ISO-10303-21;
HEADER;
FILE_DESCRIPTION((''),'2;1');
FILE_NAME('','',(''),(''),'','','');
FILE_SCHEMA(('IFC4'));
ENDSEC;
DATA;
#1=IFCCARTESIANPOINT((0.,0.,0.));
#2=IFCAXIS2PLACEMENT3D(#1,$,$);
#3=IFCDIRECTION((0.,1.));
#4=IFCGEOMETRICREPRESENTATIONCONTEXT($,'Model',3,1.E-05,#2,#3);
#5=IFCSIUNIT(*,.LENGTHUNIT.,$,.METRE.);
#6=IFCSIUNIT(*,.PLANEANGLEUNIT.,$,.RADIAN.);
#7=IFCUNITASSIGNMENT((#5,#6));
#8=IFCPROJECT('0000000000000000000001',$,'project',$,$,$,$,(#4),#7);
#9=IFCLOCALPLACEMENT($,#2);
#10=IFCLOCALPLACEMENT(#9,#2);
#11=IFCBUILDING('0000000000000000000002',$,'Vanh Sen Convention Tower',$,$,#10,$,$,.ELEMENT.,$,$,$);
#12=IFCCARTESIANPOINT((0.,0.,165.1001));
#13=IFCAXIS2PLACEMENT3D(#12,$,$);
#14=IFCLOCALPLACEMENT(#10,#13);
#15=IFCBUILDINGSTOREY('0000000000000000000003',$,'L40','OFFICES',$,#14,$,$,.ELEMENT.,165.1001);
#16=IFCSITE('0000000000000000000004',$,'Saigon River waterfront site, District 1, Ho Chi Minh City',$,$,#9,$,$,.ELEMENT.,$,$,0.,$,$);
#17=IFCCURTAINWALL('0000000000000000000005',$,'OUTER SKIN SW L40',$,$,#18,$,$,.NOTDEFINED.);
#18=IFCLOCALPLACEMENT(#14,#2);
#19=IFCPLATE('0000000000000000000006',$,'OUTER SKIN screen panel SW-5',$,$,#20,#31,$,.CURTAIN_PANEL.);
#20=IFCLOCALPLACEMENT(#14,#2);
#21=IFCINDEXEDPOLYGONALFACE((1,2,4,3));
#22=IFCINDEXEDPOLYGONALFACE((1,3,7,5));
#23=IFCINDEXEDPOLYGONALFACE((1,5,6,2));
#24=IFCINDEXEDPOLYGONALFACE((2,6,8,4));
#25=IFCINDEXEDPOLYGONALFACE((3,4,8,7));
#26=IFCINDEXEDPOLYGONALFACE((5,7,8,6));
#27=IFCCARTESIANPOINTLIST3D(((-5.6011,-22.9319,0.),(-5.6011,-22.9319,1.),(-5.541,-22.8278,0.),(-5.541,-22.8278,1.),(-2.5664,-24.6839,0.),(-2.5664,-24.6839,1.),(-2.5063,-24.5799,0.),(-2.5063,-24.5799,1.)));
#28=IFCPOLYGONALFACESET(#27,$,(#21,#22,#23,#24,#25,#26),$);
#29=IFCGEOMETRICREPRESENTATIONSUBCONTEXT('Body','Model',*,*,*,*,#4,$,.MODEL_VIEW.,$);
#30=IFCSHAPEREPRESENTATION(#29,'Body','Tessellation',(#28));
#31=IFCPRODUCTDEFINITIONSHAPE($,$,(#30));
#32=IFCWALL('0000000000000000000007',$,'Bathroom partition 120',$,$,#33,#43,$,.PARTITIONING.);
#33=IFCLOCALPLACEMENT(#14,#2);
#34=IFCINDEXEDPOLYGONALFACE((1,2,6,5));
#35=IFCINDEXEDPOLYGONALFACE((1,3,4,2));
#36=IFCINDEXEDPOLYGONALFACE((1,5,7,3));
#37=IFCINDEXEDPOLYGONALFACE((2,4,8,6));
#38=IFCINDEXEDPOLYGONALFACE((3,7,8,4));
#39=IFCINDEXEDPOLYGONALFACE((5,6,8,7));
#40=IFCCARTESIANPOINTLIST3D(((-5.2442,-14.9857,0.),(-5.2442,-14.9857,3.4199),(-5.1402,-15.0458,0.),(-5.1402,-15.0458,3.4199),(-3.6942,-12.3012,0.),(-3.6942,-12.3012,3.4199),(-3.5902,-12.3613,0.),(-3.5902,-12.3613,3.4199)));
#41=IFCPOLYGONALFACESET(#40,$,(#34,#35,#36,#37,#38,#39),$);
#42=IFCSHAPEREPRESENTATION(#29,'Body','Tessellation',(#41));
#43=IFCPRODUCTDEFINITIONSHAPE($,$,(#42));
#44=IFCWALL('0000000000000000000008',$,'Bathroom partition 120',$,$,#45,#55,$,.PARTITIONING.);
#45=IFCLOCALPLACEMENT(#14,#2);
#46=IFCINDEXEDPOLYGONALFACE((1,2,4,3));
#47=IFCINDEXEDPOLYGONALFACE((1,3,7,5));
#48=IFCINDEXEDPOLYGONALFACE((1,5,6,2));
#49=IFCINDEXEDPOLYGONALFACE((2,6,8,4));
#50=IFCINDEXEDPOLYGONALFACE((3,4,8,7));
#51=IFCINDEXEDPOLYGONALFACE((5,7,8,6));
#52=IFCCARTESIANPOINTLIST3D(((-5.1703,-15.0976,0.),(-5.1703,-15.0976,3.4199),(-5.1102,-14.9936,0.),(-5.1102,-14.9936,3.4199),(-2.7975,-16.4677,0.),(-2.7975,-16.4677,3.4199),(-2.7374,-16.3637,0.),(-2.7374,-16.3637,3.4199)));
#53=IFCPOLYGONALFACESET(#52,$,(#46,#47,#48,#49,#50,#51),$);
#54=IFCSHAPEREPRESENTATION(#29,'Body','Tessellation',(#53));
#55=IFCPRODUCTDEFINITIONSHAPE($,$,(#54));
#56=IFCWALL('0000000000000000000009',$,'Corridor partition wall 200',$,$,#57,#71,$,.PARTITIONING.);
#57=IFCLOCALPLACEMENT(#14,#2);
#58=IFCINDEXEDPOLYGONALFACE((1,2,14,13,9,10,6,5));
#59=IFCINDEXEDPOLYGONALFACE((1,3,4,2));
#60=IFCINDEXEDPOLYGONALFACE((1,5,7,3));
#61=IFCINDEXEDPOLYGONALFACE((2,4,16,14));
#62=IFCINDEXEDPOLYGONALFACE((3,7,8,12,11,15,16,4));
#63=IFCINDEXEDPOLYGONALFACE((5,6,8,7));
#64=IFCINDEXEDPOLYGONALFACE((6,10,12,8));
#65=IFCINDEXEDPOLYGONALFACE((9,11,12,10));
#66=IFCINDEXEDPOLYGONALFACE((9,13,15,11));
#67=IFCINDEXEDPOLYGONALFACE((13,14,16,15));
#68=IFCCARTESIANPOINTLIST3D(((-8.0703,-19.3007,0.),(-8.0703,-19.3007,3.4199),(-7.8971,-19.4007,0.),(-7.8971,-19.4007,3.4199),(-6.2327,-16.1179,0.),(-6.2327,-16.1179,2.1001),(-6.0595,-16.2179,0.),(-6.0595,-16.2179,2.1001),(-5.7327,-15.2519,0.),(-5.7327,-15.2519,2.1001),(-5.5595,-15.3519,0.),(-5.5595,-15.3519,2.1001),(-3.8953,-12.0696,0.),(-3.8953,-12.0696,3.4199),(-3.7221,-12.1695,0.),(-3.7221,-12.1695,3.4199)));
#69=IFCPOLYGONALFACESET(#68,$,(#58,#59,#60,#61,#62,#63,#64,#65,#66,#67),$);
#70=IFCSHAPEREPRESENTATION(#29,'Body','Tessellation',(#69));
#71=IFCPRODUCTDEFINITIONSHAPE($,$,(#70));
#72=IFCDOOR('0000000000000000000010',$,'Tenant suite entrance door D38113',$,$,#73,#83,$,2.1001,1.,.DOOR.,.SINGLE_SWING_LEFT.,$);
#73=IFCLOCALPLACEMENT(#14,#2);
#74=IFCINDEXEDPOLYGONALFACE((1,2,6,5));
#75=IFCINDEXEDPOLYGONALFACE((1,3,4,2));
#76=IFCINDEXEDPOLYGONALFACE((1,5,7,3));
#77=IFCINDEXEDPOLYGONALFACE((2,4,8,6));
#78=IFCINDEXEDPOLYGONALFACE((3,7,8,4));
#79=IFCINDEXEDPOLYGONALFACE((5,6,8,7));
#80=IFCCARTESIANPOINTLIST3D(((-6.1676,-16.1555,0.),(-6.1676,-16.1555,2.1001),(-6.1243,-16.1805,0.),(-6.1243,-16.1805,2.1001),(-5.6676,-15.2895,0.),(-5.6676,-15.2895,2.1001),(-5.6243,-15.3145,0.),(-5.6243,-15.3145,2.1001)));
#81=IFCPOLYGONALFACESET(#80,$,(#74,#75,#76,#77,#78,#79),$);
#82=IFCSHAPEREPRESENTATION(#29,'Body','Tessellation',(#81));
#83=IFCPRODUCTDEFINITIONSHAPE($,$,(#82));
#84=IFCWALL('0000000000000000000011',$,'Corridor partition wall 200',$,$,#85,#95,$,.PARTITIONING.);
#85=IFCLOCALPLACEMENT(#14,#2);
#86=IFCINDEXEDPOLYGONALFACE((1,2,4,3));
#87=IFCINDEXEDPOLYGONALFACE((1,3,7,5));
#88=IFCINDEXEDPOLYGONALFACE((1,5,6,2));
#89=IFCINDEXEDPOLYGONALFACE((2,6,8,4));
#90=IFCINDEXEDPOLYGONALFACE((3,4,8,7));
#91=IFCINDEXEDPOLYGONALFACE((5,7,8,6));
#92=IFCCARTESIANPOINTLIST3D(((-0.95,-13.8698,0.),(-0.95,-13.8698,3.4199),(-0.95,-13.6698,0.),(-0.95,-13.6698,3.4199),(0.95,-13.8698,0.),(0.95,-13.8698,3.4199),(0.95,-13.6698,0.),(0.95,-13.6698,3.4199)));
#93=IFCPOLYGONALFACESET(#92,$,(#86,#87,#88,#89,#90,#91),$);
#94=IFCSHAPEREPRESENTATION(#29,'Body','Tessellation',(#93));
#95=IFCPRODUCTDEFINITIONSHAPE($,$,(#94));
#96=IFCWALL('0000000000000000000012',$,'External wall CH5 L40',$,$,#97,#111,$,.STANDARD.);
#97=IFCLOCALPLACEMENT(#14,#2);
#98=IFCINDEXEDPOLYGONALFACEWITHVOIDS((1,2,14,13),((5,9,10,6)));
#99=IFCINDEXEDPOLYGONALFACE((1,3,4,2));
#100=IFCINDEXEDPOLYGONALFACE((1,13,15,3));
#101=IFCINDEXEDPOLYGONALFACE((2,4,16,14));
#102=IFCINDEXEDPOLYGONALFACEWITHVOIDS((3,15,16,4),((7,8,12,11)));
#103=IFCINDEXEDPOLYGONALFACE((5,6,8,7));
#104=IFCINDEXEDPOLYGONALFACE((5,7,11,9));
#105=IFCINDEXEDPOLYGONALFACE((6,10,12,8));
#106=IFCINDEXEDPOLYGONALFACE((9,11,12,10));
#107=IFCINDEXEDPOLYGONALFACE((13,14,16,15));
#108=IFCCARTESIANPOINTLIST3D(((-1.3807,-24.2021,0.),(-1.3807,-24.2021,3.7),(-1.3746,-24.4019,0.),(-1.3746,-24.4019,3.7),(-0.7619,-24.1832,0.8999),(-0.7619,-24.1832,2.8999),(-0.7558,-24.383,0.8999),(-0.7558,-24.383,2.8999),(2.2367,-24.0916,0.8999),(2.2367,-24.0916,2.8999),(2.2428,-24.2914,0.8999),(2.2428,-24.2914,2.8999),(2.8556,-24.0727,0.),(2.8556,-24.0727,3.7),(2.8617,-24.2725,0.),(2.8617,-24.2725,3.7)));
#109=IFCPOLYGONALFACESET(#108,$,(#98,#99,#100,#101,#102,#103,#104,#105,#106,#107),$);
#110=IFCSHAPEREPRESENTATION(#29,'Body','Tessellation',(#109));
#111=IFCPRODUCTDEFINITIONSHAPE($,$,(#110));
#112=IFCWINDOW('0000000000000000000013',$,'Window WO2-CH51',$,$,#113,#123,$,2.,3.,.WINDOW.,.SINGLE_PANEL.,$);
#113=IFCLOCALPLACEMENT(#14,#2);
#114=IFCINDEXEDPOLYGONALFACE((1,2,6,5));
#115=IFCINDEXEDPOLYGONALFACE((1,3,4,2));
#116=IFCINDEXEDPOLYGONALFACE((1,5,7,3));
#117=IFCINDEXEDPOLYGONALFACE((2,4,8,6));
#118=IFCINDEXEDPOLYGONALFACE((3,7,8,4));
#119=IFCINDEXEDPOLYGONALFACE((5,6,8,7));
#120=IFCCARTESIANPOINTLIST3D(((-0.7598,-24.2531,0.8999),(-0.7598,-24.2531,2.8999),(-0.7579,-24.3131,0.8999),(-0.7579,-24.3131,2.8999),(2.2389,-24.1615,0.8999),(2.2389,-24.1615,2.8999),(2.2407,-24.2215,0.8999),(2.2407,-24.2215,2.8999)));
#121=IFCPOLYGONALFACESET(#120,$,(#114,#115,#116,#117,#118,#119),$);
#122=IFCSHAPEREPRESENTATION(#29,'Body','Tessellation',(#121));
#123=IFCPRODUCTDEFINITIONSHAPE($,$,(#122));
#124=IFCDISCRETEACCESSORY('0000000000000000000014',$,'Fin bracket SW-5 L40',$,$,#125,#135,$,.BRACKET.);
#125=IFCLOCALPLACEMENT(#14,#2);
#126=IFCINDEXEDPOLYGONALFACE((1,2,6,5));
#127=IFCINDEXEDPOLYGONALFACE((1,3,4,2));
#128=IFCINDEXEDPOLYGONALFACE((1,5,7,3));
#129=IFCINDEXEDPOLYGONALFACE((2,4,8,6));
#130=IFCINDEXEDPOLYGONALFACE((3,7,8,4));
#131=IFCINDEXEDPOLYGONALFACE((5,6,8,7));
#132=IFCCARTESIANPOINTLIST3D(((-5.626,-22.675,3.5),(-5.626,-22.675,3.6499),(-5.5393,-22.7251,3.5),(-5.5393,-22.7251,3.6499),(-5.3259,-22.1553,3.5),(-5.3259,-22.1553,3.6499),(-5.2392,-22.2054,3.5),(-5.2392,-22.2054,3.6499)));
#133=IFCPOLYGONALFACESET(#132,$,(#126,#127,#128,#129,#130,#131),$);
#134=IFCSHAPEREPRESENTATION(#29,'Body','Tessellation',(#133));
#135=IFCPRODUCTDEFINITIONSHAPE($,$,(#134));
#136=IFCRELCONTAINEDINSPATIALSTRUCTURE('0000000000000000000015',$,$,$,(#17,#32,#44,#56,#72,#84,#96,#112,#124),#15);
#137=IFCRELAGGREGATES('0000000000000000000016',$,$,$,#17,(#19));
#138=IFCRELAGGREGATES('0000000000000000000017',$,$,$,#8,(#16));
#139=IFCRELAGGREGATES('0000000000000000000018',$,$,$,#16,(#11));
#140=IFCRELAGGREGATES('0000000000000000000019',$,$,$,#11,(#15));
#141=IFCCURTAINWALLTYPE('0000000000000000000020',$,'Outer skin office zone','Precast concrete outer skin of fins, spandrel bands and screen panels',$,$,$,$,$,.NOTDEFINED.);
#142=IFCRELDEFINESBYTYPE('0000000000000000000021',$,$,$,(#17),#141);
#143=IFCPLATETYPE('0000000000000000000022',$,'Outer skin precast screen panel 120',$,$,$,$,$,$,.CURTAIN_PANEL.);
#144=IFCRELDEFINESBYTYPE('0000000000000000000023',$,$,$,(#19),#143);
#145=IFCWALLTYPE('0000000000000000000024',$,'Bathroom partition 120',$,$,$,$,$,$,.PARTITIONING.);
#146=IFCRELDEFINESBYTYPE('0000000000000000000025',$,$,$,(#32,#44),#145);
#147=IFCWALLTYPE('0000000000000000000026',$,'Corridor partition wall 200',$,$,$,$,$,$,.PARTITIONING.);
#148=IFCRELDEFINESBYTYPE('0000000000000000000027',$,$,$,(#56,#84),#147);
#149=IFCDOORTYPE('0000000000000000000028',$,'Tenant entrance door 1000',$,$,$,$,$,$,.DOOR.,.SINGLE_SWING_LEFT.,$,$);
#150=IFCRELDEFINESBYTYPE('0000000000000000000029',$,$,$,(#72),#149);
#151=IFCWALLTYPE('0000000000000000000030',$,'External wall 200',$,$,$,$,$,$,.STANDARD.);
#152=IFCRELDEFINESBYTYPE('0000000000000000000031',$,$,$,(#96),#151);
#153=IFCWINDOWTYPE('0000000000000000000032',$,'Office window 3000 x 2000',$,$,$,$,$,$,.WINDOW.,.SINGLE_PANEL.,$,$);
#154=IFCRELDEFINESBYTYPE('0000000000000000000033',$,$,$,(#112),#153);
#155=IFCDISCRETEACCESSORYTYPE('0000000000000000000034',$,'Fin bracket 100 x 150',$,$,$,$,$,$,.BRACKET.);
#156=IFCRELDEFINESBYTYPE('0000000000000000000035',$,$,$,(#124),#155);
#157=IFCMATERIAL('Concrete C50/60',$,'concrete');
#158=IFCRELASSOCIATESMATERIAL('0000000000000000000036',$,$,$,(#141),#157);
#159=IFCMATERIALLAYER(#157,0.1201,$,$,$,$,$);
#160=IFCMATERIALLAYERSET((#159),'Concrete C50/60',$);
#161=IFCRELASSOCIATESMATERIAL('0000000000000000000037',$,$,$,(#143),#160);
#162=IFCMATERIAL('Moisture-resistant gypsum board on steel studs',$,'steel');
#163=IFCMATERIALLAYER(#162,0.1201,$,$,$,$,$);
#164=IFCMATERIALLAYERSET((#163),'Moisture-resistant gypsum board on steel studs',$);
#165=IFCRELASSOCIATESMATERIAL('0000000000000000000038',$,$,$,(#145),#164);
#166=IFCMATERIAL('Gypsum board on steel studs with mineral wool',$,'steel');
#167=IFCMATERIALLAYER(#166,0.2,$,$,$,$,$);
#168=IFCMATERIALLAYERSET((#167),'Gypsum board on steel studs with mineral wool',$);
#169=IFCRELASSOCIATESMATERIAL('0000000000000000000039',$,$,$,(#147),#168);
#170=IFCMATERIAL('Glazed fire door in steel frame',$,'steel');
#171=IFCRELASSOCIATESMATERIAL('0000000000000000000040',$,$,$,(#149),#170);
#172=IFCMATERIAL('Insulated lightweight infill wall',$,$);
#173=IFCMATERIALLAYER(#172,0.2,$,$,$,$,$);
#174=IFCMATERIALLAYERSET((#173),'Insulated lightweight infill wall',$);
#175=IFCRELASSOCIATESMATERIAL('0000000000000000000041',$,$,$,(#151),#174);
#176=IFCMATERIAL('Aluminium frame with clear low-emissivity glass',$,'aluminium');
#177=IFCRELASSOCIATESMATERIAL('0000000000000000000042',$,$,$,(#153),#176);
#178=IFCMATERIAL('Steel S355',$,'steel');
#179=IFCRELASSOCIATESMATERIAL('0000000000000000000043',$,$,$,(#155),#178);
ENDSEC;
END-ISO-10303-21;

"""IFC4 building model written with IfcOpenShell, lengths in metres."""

from ifc_helpers import new_model, si_unit, direction, frame, frame_2d, origin, origin_2d, place, context, subcontext, project, spatial, rectangle, extrude, material, layer, layer_set, type_object, element, fill, aggregate, save


model = new_model("IFC4")

# Units and contexts
model_context = context("Model", 3, precision=1e-05, world=origin(), true_north=direction((0.0, 1.0)))
body_context = subcontext(model_context, "Body", "Model", "MODEL_VIEW")
ifc_project = project(units=[si_unit("LENGTHUNIT", "METRE"), si_unit("PLANEANGLEUNIT", "RADIAN")], contexts=[model_context])

# Site, building, storey
site_placement = place(None, origin())
site = spatial("IfcSite", under=ifc_project, at=site_placement, Name="Saigon River waterfront site, District 1, Ho Chi Minh City", CompositionType="ELEMENT", RefElevation=0.0)
building_placement = place(site_placement, origin())
building = spatial("IfcBuilding", under=site, at=building_placement, Name="Vanh Sen Convention Tower", CompositionType="ELEMENT")
storey_placement = place(building_placement, frame((0.0, 0.0, 165.1001)))
storey = spatial("IfcBuildingStorey", under=building, at=storey_placement, Name="L40", Description="OFFICES", CompositionType="ELEMENT", Elevation=165.1001)

# Curtain wall
ifc_material_1 = material(Name="Concrete C50/60", Category="concrete")
curtain_wall_type = type_object("IfcCurtainWallType", Name="Outer skin office zone", Description="Precast concrete outer skin of fins, spandrel bands and screen panels", PredefinedType="NOTDEFINED", material=ifc_material_1)
curtain_wall_1_placement = place(storey_placement, origin())
curtain_wall_1 = element("IfcCurtainWall", 1, at=curtain_wall_1_placement, inside=storey, type_object=curtain_wall_type, Name="OUTER SKIN SW L40", PredefinedType="NOTDEFINED")

# Plate
ifc_layer_1 = layer(ifc_material_1, 0.1201)
ifc_layer_set_1 = layer_set([ifc_layer_1], Name="Concrete C50/60")
plate_type = type_object("IfcPlateType", Name="Outer skin precast screen panel 120", PredefinedType="CURTAIN_PANEL", material=ifc_layer_set_1)
plate_1_placement = place(storey_placement, frame((-4.0537, -23.7559, 0.0), z_axis=(0.0, 0.0, 1.0), x_axis=(0.866035, -0.499983, 0.0)))
plate_1 = element("IfcPlate", 2, at=plate_1_placement, type_object=plate_type, Name="OUTER SKIN screen panel SW-5", PredefinedType="CURTAIN_PANEL", context=body_context, shape_type="SweptSolid", body=[
    extrude(rectangle(XDim=3.5042, YDim=0.1201, at=origin_2d()), origin(), (0.0, 0.0, 1.0), 1.0),
])
aggregate(curtain_wall_1, [plate_1])

# Walls
ifc_material_2 = material(Name="Moisture-resistant gypsum board on steel studs", Category="steel")
ifc_layer_2 = layer(ifc_material_2, 0.1201)
ifc_layer_set_2 = layer_set([ifc_layer_2], Name="Moisture-resistant gypsum board on steel studs")
wall_type_1 = type_object("IfcWallType", Name="Bathroom partition 120", PredefinedType="PARTITIONING", material=ifc_layer_set_2)
wall_1_placement = place(storey_placement, frame((-5.1921, -15.0156, 0.0), z_axis=(0.0, 0.0, 1.0), x_axis=(0.500027, 0.86601, 0.0)))
element("IfcWall", 3, at=wall_1_placement, inside=storey, type_object=wall_type_1, Name="Bathroom partition 120", PredefinedType="PARTITIONING", context=body_context, shape_type="SweptSolid", body=[
    extrude(rectangle(XDim=3.0999, YDim=0.1201, at=frame_2d((1.5498, 0.0))), origin(), (0.0, 0.0, 1.0), 3.4199),
])
wall_2_placement = place(storey_placement, frame((-2.7673, -16.4158, 0.0), z_axis=(0.0, 0.0, 1.0), x_axis=(-0.865997, 0.500049, 0.0)))
element("IfcWall", 4, at=wall_2_placement, inside=storey, type_object=wall_type_1, Name="Bathroom partition 120", PredefinedType="PARTITIONING", context=body_context, shape_type="SweptSolid", body=[
    extrude(rectangle(XDim=2.74, YDim=0.1201, at=frame_2d((1.3701, 0.0))), origin(), (0.0, 0.0, 1.0), 3.4199),
])

# Wall, opening, door
ifc_material_3 = material(Name="Gypsum board on steel studs with mineral wool", Category="steel")
ifc_layer_3 = layer(ifc_material_3, 0.2)
ifc_layer_set_3 = layer_set([ifc_layer_3], Name="Gypsum board on steel studs with mineral wool")
wall_type_2 = type_object("IfcWallType", Name="Corridor partition wall 200", PredefinedType="PARTITIONING", material=ifc_layer_set_3)
wall_3_placement = place(storey_placement, frame((-7.9836, -19.3506, 0.0), z_axis=(0.0, 0.0, 1.0), x_axis=(0.50001, 0.86602, 0.0)))
wall_3 = element("IfcWall", 5, at=wall_3_placement, inside=storey, type_object=wall_type_2, Name="Corridor partition wall 200", PredefinedType="PARTITIONING", context=body_context, shape_type="SweptSolid", body=[
    extrude(rectangle(XDim=8.3499, YDim=0.2, at=frame_2d((4.1748, 0.0))), origin(), (0.0, 0.0, 1.0), 3.4199),
])
opening_1_placement = place(wall_3_placement, frame((3.675, 0.0, 0.0)))
opening_1 = element("IfcOpeningElement", 6, at=opening_1_placement, cuts=wall_3, PredefinedType="OPENING", context=body_context, shape_type="SweptSolid", body=[
    extrude(rectangle(XDim=1.0, YDim=2.1001, at=frame_2d((0.5, 1.05))), frame((0.0, 0.1099, 0.0), z_axis=(0.0, -1.0, 0.0), x_axis=(1.0, 0.0, 0.0)), (0.0, 0.0, 1.0), 0.22),
])
ifc_material_4 = material(Name="Glazed fire door in steel frame", Category="steel")
door_type = type_object("IfcDoorType", Name="Tenant entrance door 1000", OperationType="SINGLE_SWING_LEFT", PredefinedType="DOOR", material=ifc_material_4)
door_placement = place(opening_1_placement, origin())
door = element("IfcDoor", 7, at=door_placement, inside=storey, type_object=door_type, Name="Tenant suite entrance door D38113", OperationType="SINGLE_SWING_LEFT", OverallHeight=2.1001, OverallWidth=1.0, PredefinedType="DOOR", context=body_context, shape_type="SweptSolid", body=[
    extrude(rectangle(XDim=1.0, YDim=2.1001, at=frame_2d((0.5, 1.05))), frame((0.0, 0.0249, 0.0), z_axis=(0.0, -1.0, 0.0), x_axis=(1.0, 0.0, 0.0)), (0.0, 0.0, 1.0), 0.05),
])
fill(opening_1, door)

# Wall
wall_4_placement = place(storey_placement, frame((-0.95, -13.7698, 0.0), z_axis=(0.0, 0.0, 1.0), x_axis=(1.0, 0.0, 0.0)))
element("IfcWall", 8, at=wall_4_placement, inside=storey, type_object=wall_type_2, Name="Corridor partition wall 200", PredefinedType="PARTITIONING", context=body_context, shape_type="SweptSolid", body=[
    extrude(rectangle(XDim=1.8999, YDim=0.2, at=frame_2d((0.95, 0.0))), origin(), (0.0, 0.0, 1.0), 3.4199),
])

# Wall, opening, window
ifc_material_5 = material(Name="Insulated lightweight infill wall")
ifc_layer_4 = layer(ifc_material_5, 0.2)
ifc_layer_set_4 = layer_set([ifc_layer_4], Name="Insulated lightweight infill wall")
wall_type_3 = type_object("IfcWallType", Name="External wall 200", PredefinedType="STANDARD", material=ifc_layer_set_4)
wall_5_placement = place(storey_placement, frame((-1.3777, -24.302, 0.0), z_axis=(0.0, 0.0, 1.0), x_axis=(0.999534, 0.03053, 0.0)))
wall_5 = element("IfcWall", 9, at=wall_5_placement, inside=storey, type_object=wall_type_3, Name="External wall CH5 L40", PredefinedType="STANDARD", context=body_context, shape_type="SweptSolid", body=[
    extrude(rectangle(XDim=4.2383, YDim=0.2, at=frame_2d((2.1191, 0.0))), origin(), (0.0, 0.0, 1.0), 3.7),
])
opening_2_placement = place(wall_5_placement, frame((0.6191, 0.0, 0.8999)))
opening_2 = element("IfcOpeningElement", 10, at=opening_2_placement, cuts=wall_5, PredefinedType="OPENING", context=body_context, shape_type="SweptSolid", body=[
    extrude(rectangle(XDim=3.0, YDim=2.0, at=frame_2d((1.5, 1.0))), frame((0.0, 0.1099, 0.0), z_axis=(0.0, -1.0, 0.0), x_axis=(1.0, 0.0, 0.0)), (0.0, 0.0, 1.0), 0.22),
])
ifc_material_6 = material(Name="Aluminium frame with clear low-emissivity glass", Category="aluminium")
window_type = type_object("IfcWindowType", Name="Office window 3000 x 2000", PartitioningType="SINGLE_PANEL", PredefinedType="WINDOW", material=ifc_material_6)
window_placement = place(opening_2_placement, origin())
window = element("IfcWindow", 11, at=window_placement, inside=storey, type_object=window_type, Name="Window WO2-CH51", OverallHeight=2.0, OverallWidth=3.0, PartitioningType="SINGLE_PANEL", PredefinedType="WINDOW", context=body_context, shape_type="SweptSolid", body=[
    extrude(rectangle(XDim=3.0, YDim=2.0, at=frame_2d((1.5, 1.0))), frame((0.0, 0.03, 0.0), z_axis=(0.0, -1.0, 0.0), x_axis=(1.0, 0.0, 0.0)), (0.0, 0.0, 1.0), 0.0601),
])
fill(opening_2, window)

# Discrete accessory
ifc_material_7 = material(Name="Steel S355", Category="steel")
discrete_accessory_type = type_object("IfcDiscreteAccessoryType", Name="Fin bracket 100 x 150", PredefinedType="BRACKET", material=ifc_material_7)
discrete_accessory_placement = place(storey_placement, frame((-5.4326, -22.4402, 3.5), z_axis=(0.0, 0.0, 1.0), x_axis=(-0.5, -0.866025, 0.0)))
element("IfcDiscreteAccessory", 12, at=discrete_accessory_placement, inside=storey, type_object=discrete_accessory_type, Name="Fin bracket SW-5 L40", PredefinedType="BRACKET", context=body_context, shape_type="SweptSolid", body=[
    extrude(rectangle(XDim=0.6001, YDim=0.1001, at=origin_2d()), origin(), (0.0, 0.0, 1.0), 0.1499),
])

save(model, "model.ifc")
